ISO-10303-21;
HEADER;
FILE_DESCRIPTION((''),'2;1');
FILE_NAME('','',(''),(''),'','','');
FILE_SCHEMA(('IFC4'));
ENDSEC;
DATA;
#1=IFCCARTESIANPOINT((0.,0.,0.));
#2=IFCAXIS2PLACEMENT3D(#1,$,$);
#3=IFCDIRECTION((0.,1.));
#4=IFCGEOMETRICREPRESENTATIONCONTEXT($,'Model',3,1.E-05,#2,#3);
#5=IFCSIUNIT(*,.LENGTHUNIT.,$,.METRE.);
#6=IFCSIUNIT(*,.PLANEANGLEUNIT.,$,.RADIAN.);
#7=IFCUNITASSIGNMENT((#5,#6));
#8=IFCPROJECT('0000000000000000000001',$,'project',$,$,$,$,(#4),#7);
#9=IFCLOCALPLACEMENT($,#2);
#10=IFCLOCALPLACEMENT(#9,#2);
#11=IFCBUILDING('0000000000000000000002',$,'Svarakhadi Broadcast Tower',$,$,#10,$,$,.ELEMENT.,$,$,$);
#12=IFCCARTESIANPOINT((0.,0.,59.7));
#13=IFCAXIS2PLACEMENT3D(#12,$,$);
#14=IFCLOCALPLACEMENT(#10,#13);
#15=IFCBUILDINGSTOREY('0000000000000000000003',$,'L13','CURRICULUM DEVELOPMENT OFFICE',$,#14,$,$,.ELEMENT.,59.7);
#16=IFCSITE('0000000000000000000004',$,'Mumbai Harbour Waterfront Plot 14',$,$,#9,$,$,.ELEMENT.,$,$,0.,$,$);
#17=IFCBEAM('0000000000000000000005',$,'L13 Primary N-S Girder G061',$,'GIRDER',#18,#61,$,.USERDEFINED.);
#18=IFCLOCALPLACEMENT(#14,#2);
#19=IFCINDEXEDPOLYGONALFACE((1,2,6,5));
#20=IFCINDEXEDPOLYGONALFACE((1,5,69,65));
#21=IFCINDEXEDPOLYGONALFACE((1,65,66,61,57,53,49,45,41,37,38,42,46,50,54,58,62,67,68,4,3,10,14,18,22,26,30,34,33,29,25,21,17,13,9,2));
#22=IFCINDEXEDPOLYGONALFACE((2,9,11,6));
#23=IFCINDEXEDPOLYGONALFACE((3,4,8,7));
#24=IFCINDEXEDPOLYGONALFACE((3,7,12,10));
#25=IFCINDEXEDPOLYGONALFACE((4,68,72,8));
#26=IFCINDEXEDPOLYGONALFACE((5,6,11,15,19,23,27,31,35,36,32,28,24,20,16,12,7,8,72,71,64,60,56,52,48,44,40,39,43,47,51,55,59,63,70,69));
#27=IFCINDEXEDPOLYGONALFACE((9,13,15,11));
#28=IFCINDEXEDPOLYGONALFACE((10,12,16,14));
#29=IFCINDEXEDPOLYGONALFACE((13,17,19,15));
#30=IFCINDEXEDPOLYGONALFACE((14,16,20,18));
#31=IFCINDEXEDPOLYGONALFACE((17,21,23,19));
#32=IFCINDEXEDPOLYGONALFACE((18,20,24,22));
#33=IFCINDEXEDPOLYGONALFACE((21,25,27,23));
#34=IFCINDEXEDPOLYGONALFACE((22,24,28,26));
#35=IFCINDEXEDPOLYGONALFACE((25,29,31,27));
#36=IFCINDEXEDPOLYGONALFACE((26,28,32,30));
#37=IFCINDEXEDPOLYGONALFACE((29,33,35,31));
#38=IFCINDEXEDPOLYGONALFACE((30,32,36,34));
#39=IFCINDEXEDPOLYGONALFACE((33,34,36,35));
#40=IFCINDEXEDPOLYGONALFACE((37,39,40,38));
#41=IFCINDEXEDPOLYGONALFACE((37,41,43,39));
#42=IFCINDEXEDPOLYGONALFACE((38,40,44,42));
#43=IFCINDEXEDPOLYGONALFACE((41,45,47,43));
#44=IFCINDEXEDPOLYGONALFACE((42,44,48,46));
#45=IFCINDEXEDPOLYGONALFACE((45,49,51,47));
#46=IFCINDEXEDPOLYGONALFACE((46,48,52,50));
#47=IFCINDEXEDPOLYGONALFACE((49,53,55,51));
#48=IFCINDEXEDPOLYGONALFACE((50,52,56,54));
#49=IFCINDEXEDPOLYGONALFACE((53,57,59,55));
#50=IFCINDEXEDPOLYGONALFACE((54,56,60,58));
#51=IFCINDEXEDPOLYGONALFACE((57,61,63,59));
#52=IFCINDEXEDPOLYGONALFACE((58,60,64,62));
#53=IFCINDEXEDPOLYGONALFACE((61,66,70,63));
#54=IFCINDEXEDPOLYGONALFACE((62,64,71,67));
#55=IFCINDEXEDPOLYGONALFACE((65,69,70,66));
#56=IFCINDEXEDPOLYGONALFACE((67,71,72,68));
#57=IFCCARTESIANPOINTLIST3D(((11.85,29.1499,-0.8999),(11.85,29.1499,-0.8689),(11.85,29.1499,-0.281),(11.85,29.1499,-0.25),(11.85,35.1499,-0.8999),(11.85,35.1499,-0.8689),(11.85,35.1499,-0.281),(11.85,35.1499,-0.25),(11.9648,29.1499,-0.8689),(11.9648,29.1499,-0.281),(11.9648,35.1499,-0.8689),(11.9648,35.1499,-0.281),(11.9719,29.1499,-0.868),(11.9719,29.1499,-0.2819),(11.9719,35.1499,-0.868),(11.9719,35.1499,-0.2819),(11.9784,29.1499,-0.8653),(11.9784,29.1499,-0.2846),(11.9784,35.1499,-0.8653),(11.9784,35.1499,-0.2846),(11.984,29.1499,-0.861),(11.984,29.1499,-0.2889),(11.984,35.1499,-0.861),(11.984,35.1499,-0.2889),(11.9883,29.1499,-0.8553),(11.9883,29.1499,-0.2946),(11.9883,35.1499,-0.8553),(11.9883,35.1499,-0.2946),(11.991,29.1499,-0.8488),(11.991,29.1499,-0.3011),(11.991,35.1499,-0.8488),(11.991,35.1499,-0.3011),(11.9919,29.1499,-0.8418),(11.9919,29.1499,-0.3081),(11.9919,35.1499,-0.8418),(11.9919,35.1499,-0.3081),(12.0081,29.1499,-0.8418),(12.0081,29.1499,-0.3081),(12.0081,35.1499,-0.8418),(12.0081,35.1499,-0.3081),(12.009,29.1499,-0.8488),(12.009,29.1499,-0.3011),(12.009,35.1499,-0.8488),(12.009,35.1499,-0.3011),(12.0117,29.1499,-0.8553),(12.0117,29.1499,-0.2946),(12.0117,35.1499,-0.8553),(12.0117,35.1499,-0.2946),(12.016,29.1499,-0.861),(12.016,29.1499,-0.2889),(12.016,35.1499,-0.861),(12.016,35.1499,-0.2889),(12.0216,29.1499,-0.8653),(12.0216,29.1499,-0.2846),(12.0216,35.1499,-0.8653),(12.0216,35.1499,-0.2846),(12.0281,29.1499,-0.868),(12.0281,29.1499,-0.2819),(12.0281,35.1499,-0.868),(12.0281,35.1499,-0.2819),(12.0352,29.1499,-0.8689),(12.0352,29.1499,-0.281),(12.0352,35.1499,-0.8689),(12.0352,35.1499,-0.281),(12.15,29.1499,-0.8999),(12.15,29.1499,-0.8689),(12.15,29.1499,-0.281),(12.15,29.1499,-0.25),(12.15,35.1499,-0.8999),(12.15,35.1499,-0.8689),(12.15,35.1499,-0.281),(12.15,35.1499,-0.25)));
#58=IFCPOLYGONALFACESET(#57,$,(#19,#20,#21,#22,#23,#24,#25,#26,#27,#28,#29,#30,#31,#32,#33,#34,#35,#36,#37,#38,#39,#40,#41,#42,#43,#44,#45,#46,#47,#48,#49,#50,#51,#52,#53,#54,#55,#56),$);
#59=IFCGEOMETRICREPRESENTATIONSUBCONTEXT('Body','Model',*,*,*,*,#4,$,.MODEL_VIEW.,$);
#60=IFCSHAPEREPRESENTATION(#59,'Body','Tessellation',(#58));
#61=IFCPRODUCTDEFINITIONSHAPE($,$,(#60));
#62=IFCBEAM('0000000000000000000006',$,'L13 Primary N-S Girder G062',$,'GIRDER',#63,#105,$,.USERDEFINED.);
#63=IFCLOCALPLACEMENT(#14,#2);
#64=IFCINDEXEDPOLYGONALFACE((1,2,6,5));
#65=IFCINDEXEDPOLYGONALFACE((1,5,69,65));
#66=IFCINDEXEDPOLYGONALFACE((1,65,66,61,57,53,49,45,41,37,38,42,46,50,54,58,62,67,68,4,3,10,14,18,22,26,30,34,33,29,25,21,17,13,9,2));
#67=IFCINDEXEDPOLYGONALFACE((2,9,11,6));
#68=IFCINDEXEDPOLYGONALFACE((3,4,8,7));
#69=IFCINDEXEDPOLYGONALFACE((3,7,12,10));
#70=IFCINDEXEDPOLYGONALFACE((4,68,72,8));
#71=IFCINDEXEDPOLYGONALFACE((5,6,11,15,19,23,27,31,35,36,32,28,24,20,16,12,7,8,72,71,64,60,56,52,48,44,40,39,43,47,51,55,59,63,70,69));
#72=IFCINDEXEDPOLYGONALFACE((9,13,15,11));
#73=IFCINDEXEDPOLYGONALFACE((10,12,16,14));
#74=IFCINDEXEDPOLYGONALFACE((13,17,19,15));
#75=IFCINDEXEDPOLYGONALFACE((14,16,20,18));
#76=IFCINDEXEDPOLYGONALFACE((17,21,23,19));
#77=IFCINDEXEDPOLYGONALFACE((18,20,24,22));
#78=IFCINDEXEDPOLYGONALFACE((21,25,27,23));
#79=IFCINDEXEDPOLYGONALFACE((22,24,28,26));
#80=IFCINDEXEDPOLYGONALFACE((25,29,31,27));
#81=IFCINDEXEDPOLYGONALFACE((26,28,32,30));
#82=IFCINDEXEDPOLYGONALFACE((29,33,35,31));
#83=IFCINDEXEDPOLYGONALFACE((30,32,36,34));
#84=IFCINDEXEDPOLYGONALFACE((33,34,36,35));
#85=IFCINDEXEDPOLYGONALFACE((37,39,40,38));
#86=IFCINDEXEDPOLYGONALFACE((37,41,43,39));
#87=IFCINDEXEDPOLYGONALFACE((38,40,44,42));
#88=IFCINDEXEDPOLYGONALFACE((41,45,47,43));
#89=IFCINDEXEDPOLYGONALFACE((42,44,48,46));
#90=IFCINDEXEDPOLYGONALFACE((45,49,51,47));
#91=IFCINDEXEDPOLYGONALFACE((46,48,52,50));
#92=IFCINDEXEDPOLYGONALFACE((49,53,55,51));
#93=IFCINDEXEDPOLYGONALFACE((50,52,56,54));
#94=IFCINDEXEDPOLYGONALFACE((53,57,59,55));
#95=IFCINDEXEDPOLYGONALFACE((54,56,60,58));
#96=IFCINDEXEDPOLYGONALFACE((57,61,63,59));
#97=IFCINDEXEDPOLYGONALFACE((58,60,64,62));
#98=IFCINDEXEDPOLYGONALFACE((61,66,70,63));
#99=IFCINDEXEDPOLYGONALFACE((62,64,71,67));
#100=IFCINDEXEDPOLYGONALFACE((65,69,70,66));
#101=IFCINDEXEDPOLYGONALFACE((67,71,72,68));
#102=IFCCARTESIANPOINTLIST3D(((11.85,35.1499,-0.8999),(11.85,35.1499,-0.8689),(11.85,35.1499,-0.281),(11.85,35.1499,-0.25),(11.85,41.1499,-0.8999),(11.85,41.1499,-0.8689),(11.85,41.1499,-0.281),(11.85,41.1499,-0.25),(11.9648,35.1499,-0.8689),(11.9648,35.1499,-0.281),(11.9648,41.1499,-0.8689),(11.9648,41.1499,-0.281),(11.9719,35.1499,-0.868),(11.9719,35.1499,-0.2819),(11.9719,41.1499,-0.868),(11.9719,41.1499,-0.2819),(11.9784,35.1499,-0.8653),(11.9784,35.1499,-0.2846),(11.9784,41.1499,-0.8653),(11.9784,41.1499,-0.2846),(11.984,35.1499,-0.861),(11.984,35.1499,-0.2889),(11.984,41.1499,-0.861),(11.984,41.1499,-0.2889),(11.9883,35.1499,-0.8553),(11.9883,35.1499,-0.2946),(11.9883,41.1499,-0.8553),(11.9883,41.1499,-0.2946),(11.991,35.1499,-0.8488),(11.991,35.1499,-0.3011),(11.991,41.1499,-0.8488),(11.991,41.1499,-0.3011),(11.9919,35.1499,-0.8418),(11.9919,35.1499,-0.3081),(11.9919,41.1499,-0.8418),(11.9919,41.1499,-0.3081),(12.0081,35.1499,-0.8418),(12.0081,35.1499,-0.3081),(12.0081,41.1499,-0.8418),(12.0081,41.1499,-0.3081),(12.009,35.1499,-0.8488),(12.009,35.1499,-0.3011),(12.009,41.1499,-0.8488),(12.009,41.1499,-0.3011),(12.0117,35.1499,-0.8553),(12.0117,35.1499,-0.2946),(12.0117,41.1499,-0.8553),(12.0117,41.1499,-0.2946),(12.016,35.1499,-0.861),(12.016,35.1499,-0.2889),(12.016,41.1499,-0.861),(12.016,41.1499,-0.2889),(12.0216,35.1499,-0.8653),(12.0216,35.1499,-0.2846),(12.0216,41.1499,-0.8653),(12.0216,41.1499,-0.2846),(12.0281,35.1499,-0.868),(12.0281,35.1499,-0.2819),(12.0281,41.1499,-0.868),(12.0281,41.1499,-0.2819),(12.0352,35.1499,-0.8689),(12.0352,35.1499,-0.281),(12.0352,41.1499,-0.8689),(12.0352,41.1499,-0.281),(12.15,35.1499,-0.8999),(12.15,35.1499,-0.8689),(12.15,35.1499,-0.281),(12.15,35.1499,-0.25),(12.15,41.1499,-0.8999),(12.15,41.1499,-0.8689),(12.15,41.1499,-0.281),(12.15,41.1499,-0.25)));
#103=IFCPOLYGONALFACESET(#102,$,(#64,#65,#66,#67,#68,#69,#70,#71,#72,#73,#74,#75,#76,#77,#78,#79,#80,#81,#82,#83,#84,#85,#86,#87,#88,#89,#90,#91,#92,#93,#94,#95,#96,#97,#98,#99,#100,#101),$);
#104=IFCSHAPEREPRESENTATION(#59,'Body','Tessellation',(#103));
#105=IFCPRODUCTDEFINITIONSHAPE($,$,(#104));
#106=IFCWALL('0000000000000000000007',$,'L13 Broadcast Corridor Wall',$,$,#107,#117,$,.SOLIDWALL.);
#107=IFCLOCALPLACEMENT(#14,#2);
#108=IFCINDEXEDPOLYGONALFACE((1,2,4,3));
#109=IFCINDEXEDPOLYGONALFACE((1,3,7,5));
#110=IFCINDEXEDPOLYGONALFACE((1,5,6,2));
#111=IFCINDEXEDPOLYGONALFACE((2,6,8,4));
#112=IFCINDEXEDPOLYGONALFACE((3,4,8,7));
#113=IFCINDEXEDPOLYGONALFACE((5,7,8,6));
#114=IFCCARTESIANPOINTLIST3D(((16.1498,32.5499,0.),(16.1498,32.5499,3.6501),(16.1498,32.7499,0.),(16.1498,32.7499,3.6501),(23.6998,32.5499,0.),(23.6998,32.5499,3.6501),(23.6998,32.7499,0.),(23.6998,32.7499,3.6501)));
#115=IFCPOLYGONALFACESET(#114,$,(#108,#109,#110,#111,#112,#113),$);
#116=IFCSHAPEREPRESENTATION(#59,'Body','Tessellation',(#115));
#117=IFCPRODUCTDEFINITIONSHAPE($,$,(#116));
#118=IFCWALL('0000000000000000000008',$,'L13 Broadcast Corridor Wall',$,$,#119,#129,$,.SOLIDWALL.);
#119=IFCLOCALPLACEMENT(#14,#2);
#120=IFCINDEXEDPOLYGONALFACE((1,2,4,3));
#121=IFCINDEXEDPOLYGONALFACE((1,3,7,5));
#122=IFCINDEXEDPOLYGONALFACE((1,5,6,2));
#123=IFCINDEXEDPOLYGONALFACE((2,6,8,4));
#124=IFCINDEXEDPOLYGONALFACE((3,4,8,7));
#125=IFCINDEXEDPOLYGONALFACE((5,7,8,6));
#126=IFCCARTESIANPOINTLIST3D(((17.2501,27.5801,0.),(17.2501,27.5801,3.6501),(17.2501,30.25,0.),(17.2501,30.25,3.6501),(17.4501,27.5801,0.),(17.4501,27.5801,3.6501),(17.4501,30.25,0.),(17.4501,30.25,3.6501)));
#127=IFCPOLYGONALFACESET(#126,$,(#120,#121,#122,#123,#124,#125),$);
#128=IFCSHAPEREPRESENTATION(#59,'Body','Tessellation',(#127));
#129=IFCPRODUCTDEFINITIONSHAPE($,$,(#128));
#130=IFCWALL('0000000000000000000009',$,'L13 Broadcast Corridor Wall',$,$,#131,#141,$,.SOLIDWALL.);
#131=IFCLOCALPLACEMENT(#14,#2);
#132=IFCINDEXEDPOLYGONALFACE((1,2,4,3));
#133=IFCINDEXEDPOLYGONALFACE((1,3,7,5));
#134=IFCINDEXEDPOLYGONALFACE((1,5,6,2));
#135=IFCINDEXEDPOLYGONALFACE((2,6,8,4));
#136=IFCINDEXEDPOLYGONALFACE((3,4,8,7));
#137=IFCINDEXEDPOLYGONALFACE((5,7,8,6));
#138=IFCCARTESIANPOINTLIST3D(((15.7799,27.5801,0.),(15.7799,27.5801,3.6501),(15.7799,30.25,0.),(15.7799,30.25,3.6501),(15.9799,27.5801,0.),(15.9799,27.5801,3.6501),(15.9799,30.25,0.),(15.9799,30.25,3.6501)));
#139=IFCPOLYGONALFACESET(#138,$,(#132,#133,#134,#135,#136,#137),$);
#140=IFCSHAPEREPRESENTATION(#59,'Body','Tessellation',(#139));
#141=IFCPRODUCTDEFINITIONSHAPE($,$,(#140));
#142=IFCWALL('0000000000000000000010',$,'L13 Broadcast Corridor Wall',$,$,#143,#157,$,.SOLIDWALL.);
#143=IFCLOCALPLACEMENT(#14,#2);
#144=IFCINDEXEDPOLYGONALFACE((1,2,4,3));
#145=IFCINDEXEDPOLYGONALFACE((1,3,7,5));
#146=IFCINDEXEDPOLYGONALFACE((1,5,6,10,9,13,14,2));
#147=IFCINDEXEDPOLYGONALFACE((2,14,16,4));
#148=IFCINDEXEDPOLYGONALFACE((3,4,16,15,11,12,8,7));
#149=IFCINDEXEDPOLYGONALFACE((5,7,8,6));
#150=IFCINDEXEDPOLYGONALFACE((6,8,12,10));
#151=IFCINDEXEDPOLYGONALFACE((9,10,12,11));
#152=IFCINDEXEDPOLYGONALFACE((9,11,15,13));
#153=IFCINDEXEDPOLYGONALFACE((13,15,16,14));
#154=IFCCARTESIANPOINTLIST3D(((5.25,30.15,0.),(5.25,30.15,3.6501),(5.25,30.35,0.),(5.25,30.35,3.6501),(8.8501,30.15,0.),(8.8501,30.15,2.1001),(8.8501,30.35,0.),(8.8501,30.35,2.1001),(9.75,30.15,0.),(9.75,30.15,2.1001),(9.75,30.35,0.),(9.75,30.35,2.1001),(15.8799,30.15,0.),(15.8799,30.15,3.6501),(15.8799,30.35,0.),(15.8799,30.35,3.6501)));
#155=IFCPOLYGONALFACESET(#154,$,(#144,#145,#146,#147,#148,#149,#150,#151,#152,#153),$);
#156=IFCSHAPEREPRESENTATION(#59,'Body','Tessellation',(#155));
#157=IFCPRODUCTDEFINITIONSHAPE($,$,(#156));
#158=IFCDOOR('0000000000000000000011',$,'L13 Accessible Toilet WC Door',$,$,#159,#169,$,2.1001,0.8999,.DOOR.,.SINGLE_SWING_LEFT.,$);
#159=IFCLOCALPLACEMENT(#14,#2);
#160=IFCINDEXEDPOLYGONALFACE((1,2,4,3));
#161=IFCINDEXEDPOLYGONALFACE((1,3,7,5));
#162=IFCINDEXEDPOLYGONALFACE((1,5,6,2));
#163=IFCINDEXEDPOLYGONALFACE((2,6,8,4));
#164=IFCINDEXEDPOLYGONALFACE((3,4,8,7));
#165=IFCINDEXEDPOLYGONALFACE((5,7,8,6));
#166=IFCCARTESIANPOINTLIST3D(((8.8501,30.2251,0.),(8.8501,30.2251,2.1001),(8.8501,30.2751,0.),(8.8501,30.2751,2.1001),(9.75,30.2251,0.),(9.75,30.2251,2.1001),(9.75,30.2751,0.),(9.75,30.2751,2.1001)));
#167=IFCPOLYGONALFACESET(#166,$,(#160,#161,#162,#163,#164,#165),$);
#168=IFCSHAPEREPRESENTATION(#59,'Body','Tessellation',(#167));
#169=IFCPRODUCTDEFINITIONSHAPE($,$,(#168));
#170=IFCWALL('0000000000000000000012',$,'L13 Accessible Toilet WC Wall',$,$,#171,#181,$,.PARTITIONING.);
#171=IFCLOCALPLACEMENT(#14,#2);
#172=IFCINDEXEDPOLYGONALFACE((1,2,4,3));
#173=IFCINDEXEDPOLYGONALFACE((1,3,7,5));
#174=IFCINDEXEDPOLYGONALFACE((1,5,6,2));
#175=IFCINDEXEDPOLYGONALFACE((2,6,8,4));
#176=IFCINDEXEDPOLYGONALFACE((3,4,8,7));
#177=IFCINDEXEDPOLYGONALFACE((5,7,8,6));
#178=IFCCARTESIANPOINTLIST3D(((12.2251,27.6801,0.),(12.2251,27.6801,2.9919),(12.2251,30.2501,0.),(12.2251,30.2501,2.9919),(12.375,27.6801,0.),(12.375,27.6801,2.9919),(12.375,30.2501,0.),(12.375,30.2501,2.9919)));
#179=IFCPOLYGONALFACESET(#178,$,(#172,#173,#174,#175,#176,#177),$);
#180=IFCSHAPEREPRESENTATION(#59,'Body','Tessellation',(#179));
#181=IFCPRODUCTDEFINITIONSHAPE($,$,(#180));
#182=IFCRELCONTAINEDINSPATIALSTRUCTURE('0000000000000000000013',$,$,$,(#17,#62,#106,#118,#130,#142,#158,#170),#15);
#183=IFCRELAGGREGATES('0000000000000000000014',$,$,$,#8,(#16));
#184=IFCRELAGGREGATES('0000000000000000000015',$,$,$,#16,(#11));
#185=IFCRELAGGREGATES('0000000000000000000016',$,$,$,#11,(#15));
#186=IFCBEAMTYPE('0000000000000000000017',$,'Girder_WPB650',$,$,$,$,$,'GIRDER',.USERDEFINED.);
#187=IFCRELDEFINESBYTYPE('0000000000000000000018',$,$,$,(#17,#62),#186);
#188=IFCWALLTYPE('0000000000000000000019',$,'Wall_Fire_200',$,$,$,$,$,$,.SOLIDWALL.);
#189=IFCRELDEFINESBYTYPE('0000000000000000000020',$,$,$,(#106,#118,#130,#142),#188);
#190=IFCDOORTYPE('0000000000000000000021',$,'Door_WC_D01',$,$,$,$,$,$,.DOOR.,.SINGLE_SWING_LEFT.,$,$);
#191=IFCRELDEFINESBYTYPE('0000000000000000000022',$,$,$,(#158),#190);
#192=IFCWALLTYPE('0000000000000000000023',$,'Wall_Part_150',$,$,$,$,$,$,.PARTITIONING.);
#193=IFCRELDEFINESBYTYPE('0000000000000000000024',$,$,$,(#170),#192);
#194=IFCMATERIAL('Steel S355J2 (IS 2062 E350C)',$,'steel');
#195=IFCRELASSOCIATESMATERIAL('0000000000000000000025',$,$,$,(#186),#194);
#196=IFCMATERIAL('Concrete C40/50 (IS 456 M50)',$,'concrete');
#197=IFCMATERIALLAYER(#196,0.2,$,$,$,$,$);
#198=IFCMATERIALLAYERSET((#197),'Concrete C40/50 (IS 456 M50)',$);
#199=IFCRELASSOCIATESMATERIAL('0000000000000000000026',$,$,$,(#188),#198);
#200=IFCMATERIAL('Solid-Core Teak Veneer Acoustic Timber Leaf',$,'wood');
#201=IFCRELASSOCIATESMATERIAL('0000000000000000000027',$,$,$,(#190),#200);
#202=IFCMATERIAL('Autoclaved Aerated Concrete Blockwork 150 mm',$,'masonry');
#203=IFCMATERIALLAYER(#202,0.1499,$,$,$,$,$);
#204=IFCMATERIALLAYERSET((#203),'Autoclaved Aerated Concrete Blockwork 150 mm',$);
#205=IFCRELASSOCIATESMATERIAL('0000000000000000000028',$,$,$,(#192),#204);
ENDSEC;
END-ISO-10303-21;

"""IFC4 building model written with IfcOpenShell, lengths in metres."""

from ifc_helpers import new_model, si_unit, direction, frame, frame_2d, origin, origin_2d, place, context, subcontext, project, spatial, rectangle, i_section, extrude, material, layer, layer_set, material_profile, profile_set, type_object, element, fill, save


model = new_model("IFC4")

# Units and contexts
model_context = context("Model", 3, precision=1e-05, world=origin(), true_north=direction((0.0, 1.0)))
body_context = subcontext(model_context, "Body", "Model", "MODEL_VIEW")
ifc_project = project(units=[si_unit("LENGTHUNIT", "METRE"), si_unit("PLANEANGLEUNIT", "RADIAN")], contexts=[model_context])

# Site, building, storey
site_placement = place(None, origin())
site = spatial("IfcSite", under=ifc_project, at=site_placement, Name="Mumbai Harbour Waterfront Plot 14", CompositionType="ELEMENT", RefElevation=0.0)
building_placement = place(site_placement, origin())
building = spatial("IfcBuilding", under=site, at=building_placement, Name="Svarakhadi Broadcast Tower", CompositionType="ELEMENT")
storey_placement = place(building_placement, frame((0.0, 0.0, 59.7)))
storey = spatial("IfcBuildingStorey", under=building, at=storey_placement, Name="L13", Description="CURRICULUM DEVELOPMENT OFFICE", CompositionType="ELEMENT", Elevation=59.7)

# Beams
ifc_material_1 = material(Name="Steel S355J2 (IS 2062 E350C)", Category="steel")
ifc_material_profile_1 = material_profile(ifc_material_1, i_section(OverallWidth=0.3, OverallDepth=0.6499, WebThickness=0.0161, FlangeThickness=0.031, FilletRadius=0.0271, at=origin_2d()), Name="WPB 650x300x225")
ifc_profile_set_1 = profile_set([ifc_material_profile_1], Name="Steel S355J2 (IS 2062 E350C)")
beam_type_1 = type_object("IfcBeamType", Name="Girder_WPB650", ElementType="GIRDER", PredefinedType="USERDEFINED", material=ifc_profile_set_1)
for number, where, z_axis, x_axis, name in (
    (1, (12.0, 29.1499, -0.575), (0.0, 1.0, 0.0), (-1.0, 0.0, 0.0), "L13 Primary N-S Girder G061"),
    (2, (12.0, 35.1499, -0.575), (0.0, 1.0, 0.0), (-1.0, 0.0, 0.0), "L13 Primary N-S Girder G062"),
):
    element("IfcBeam", number, at=place(storey_placement, frame(where, z_axis=z_axis, x_axis=x_axis)), inside=storey, type_object=beam_type_1, Name=name, ObjectType="GIRDER", PredefinedType="USERDEFINED", context=body_context, shape_type="SweptSolid", body=[
        extrude(i_section(OverallWidth=0.3, OverallDepth=0.6499, WebThickness=0.0161, FlangeThickness=0.031, FilletRadius=0.0271, at=origin_2d()), origin(), (0.0, 0.0, 1.0), 6.0),
    ])

# Shared definitions
ifc_material_2 = material(Name="Concrete C40/50 (IS 456 M50)", Category="concrete")
ifc_layer_1 = layer(ifc_material_2, 0.2)
ifc_layer_set_1 = layer_set([ifc_layer_1], Name="Concrete C40/50 (IS 456 M50)")
wall_type_1 = type_object("IfcWallType", Name="Wall_Fire_200", PredefinedType="SOLIDWALL", material=ifc_layer_set_1)
ifc_material_3 = material(Name="Solid-Core Teak Veneer Acoustic Timber Leaf", Category="wood")

# Walls
wall_1_placement = place(storey_placement, frame((16.1499, 32.6499, 0.0), z_axis=(0.0, 0.0, 1.0), x_axis=(1.0, 0.0, 0.0)))
element("IfcWall", 3, at=wall_1_placement, inside=storey, type_object=wall_type_1, Name="L13 Broadcast Corridor Wall", PredefinedType="SOLIDWALL", context=body_context, shape_type="SweptSolid", body=[
    extrude(rectangle(XDim=7.55, YDim=0.2, at=frame_2d((3.7749, 0.0))), origin(), (0.0, 0.0, 1.0), 3.6501),
])
for number, where, z_axis, x_axis, name in (
    (4, (17.3501, 30.25, 0.0), (0.0, 0.0, 1.0), (0.0, -1.0, 0.0), "L13 Broadcast Corridor Wall"),
    (5, (15.8799, 27.5801, 0.0), (0.0, 0.0, 1.0), (0.0, 1.0, 0.0), "L13 Broadcast Corridor Wall"),
):
    element("IfcWall", number, at=place(storey_placement, frame(where, z_axis=z_axis, x_axis=x_axis)), inside=storey, type_object=wall_type_1, Name=name, PredefinedType="SOLIDWALL", context=body_context, shape_type="SweptSolid", body=[
        extrude(rectangle(XDim=2.6699, YDim=0.2, at=frame_2d((1.335, 0.0))), origin(), (0.0, 0.0, 1.0), 3.6501),
    ])

# Wall, opening, door
wall_2_placement = place(storey_placement, frame((15.8799, 30.25, 0.0), z_axis=(0.0, 0.0, 1.0), x_axis=(-1.0, 0.0, 0.0)))
wall_2 = element("IfcWall", 6, at=wall_2_placement, inside=storey, type_object=wall_type_1, Name="L13 Broadcast Corridor Wall", PredefinedType="SOLIDWALL", context=body_context, shape_type="SweptSolid", body=[
    extrude(rectangle(XDim=10.6299, YDim=0.2, at=frame_2d((5.3149, 0.0))), origin(), (0.0, 0.0, 1.0), 3.6501),
])
opening_1_placement = place(wall_2_placement, frame((6.1299, 0.0, 0.0)))
opening_1 = element("IfcOpeningElement", 7, at=opening_1_placement, cuts=wall_2, PredefinedType="OPENING", context=body_context, shape_type="SweptSolid", body=[
    extrude(rectangle(XDim=0.8999, YDim=2.1001, at=frame_2d((0.45, 1.05))), frame((0.0, 0.1099, 0.0), z_axis=(0.0, -1.0, 0.0), x_axis=(1.0, 0.0, 0.0)), (0.0, 0.0, 1.0), 0.22),
])
door_type_1 = type_object("IfcDoorType", Name="Door_WC_D01", OperationType="SINGLE_SWING_LEFT", PredefinedType="DOOR", material=ifc_material_3)
door_1_placement = place(opening_1_placement, origin())
door_1 = element("IfcDoor", 8, at=door_1_placement, inside=storey, type_object=door_type_1, Name="L13 Accessible Toilet WC Door", OperationType="SINGLE_SWING_LEFT", OverallHeight=2.1001, OverallWidth=0.8999, PredefinedType="DOOR", context=body_context, shape_type="SweptSolid", body=[
    extrude(rectangle(XDim=0.8999, YDim=2.1001, at=frame_2d((0.45, 1.05))), frame((0.0, 0.0249, 0.0), z_axis=(0.0, -1.0, 0.0), x_axis=(1.0, 0.0, 0.0)), (0.0, 0.0, 1.0), 0.05),
])
fill(opening_1, door_1)

# Wall
ifc_material_4 = material(Name="Autoclaved Aerated Concrete Blockwork 150 mm", Category="masonry")
ifc_layer_2 = layer(ifc_material_4, 0.1499)
ifc_layer_set_2 = layer_set([ifc_layer_2], Name="Autoclaved Aerated Concrete Blockwork 150 mm")
wall_type_2 = type_object("IfcWallType", Name="Wall_Part_150", PredefinedType="PARTITIONING", material=ifc_layer_set_2)
wall_3_placement = place(storey_placement, frame((12.3, 27.6799, 0.0), z_axis=(0.0, 0.0, 1.0), x_axis=(0.0, 1.0, 0.0)))
element("IfcWall", 9, at=wall_3_placement, inside=storey, type_object=wall_type_2, Name="L13 Accessible Toilet WC Wall", PredefinedType="PARTITIONING", context=body_context, shape_type="SweptSolid", body=[
    extrude(rectangle(XDim=2.5701, YDim=0.1499, at=frame_2d((1.2852, 0.0))), origin(), (0.0, 0.0, 1.0), 2.9919),
])

save(model, "model.ifc")
